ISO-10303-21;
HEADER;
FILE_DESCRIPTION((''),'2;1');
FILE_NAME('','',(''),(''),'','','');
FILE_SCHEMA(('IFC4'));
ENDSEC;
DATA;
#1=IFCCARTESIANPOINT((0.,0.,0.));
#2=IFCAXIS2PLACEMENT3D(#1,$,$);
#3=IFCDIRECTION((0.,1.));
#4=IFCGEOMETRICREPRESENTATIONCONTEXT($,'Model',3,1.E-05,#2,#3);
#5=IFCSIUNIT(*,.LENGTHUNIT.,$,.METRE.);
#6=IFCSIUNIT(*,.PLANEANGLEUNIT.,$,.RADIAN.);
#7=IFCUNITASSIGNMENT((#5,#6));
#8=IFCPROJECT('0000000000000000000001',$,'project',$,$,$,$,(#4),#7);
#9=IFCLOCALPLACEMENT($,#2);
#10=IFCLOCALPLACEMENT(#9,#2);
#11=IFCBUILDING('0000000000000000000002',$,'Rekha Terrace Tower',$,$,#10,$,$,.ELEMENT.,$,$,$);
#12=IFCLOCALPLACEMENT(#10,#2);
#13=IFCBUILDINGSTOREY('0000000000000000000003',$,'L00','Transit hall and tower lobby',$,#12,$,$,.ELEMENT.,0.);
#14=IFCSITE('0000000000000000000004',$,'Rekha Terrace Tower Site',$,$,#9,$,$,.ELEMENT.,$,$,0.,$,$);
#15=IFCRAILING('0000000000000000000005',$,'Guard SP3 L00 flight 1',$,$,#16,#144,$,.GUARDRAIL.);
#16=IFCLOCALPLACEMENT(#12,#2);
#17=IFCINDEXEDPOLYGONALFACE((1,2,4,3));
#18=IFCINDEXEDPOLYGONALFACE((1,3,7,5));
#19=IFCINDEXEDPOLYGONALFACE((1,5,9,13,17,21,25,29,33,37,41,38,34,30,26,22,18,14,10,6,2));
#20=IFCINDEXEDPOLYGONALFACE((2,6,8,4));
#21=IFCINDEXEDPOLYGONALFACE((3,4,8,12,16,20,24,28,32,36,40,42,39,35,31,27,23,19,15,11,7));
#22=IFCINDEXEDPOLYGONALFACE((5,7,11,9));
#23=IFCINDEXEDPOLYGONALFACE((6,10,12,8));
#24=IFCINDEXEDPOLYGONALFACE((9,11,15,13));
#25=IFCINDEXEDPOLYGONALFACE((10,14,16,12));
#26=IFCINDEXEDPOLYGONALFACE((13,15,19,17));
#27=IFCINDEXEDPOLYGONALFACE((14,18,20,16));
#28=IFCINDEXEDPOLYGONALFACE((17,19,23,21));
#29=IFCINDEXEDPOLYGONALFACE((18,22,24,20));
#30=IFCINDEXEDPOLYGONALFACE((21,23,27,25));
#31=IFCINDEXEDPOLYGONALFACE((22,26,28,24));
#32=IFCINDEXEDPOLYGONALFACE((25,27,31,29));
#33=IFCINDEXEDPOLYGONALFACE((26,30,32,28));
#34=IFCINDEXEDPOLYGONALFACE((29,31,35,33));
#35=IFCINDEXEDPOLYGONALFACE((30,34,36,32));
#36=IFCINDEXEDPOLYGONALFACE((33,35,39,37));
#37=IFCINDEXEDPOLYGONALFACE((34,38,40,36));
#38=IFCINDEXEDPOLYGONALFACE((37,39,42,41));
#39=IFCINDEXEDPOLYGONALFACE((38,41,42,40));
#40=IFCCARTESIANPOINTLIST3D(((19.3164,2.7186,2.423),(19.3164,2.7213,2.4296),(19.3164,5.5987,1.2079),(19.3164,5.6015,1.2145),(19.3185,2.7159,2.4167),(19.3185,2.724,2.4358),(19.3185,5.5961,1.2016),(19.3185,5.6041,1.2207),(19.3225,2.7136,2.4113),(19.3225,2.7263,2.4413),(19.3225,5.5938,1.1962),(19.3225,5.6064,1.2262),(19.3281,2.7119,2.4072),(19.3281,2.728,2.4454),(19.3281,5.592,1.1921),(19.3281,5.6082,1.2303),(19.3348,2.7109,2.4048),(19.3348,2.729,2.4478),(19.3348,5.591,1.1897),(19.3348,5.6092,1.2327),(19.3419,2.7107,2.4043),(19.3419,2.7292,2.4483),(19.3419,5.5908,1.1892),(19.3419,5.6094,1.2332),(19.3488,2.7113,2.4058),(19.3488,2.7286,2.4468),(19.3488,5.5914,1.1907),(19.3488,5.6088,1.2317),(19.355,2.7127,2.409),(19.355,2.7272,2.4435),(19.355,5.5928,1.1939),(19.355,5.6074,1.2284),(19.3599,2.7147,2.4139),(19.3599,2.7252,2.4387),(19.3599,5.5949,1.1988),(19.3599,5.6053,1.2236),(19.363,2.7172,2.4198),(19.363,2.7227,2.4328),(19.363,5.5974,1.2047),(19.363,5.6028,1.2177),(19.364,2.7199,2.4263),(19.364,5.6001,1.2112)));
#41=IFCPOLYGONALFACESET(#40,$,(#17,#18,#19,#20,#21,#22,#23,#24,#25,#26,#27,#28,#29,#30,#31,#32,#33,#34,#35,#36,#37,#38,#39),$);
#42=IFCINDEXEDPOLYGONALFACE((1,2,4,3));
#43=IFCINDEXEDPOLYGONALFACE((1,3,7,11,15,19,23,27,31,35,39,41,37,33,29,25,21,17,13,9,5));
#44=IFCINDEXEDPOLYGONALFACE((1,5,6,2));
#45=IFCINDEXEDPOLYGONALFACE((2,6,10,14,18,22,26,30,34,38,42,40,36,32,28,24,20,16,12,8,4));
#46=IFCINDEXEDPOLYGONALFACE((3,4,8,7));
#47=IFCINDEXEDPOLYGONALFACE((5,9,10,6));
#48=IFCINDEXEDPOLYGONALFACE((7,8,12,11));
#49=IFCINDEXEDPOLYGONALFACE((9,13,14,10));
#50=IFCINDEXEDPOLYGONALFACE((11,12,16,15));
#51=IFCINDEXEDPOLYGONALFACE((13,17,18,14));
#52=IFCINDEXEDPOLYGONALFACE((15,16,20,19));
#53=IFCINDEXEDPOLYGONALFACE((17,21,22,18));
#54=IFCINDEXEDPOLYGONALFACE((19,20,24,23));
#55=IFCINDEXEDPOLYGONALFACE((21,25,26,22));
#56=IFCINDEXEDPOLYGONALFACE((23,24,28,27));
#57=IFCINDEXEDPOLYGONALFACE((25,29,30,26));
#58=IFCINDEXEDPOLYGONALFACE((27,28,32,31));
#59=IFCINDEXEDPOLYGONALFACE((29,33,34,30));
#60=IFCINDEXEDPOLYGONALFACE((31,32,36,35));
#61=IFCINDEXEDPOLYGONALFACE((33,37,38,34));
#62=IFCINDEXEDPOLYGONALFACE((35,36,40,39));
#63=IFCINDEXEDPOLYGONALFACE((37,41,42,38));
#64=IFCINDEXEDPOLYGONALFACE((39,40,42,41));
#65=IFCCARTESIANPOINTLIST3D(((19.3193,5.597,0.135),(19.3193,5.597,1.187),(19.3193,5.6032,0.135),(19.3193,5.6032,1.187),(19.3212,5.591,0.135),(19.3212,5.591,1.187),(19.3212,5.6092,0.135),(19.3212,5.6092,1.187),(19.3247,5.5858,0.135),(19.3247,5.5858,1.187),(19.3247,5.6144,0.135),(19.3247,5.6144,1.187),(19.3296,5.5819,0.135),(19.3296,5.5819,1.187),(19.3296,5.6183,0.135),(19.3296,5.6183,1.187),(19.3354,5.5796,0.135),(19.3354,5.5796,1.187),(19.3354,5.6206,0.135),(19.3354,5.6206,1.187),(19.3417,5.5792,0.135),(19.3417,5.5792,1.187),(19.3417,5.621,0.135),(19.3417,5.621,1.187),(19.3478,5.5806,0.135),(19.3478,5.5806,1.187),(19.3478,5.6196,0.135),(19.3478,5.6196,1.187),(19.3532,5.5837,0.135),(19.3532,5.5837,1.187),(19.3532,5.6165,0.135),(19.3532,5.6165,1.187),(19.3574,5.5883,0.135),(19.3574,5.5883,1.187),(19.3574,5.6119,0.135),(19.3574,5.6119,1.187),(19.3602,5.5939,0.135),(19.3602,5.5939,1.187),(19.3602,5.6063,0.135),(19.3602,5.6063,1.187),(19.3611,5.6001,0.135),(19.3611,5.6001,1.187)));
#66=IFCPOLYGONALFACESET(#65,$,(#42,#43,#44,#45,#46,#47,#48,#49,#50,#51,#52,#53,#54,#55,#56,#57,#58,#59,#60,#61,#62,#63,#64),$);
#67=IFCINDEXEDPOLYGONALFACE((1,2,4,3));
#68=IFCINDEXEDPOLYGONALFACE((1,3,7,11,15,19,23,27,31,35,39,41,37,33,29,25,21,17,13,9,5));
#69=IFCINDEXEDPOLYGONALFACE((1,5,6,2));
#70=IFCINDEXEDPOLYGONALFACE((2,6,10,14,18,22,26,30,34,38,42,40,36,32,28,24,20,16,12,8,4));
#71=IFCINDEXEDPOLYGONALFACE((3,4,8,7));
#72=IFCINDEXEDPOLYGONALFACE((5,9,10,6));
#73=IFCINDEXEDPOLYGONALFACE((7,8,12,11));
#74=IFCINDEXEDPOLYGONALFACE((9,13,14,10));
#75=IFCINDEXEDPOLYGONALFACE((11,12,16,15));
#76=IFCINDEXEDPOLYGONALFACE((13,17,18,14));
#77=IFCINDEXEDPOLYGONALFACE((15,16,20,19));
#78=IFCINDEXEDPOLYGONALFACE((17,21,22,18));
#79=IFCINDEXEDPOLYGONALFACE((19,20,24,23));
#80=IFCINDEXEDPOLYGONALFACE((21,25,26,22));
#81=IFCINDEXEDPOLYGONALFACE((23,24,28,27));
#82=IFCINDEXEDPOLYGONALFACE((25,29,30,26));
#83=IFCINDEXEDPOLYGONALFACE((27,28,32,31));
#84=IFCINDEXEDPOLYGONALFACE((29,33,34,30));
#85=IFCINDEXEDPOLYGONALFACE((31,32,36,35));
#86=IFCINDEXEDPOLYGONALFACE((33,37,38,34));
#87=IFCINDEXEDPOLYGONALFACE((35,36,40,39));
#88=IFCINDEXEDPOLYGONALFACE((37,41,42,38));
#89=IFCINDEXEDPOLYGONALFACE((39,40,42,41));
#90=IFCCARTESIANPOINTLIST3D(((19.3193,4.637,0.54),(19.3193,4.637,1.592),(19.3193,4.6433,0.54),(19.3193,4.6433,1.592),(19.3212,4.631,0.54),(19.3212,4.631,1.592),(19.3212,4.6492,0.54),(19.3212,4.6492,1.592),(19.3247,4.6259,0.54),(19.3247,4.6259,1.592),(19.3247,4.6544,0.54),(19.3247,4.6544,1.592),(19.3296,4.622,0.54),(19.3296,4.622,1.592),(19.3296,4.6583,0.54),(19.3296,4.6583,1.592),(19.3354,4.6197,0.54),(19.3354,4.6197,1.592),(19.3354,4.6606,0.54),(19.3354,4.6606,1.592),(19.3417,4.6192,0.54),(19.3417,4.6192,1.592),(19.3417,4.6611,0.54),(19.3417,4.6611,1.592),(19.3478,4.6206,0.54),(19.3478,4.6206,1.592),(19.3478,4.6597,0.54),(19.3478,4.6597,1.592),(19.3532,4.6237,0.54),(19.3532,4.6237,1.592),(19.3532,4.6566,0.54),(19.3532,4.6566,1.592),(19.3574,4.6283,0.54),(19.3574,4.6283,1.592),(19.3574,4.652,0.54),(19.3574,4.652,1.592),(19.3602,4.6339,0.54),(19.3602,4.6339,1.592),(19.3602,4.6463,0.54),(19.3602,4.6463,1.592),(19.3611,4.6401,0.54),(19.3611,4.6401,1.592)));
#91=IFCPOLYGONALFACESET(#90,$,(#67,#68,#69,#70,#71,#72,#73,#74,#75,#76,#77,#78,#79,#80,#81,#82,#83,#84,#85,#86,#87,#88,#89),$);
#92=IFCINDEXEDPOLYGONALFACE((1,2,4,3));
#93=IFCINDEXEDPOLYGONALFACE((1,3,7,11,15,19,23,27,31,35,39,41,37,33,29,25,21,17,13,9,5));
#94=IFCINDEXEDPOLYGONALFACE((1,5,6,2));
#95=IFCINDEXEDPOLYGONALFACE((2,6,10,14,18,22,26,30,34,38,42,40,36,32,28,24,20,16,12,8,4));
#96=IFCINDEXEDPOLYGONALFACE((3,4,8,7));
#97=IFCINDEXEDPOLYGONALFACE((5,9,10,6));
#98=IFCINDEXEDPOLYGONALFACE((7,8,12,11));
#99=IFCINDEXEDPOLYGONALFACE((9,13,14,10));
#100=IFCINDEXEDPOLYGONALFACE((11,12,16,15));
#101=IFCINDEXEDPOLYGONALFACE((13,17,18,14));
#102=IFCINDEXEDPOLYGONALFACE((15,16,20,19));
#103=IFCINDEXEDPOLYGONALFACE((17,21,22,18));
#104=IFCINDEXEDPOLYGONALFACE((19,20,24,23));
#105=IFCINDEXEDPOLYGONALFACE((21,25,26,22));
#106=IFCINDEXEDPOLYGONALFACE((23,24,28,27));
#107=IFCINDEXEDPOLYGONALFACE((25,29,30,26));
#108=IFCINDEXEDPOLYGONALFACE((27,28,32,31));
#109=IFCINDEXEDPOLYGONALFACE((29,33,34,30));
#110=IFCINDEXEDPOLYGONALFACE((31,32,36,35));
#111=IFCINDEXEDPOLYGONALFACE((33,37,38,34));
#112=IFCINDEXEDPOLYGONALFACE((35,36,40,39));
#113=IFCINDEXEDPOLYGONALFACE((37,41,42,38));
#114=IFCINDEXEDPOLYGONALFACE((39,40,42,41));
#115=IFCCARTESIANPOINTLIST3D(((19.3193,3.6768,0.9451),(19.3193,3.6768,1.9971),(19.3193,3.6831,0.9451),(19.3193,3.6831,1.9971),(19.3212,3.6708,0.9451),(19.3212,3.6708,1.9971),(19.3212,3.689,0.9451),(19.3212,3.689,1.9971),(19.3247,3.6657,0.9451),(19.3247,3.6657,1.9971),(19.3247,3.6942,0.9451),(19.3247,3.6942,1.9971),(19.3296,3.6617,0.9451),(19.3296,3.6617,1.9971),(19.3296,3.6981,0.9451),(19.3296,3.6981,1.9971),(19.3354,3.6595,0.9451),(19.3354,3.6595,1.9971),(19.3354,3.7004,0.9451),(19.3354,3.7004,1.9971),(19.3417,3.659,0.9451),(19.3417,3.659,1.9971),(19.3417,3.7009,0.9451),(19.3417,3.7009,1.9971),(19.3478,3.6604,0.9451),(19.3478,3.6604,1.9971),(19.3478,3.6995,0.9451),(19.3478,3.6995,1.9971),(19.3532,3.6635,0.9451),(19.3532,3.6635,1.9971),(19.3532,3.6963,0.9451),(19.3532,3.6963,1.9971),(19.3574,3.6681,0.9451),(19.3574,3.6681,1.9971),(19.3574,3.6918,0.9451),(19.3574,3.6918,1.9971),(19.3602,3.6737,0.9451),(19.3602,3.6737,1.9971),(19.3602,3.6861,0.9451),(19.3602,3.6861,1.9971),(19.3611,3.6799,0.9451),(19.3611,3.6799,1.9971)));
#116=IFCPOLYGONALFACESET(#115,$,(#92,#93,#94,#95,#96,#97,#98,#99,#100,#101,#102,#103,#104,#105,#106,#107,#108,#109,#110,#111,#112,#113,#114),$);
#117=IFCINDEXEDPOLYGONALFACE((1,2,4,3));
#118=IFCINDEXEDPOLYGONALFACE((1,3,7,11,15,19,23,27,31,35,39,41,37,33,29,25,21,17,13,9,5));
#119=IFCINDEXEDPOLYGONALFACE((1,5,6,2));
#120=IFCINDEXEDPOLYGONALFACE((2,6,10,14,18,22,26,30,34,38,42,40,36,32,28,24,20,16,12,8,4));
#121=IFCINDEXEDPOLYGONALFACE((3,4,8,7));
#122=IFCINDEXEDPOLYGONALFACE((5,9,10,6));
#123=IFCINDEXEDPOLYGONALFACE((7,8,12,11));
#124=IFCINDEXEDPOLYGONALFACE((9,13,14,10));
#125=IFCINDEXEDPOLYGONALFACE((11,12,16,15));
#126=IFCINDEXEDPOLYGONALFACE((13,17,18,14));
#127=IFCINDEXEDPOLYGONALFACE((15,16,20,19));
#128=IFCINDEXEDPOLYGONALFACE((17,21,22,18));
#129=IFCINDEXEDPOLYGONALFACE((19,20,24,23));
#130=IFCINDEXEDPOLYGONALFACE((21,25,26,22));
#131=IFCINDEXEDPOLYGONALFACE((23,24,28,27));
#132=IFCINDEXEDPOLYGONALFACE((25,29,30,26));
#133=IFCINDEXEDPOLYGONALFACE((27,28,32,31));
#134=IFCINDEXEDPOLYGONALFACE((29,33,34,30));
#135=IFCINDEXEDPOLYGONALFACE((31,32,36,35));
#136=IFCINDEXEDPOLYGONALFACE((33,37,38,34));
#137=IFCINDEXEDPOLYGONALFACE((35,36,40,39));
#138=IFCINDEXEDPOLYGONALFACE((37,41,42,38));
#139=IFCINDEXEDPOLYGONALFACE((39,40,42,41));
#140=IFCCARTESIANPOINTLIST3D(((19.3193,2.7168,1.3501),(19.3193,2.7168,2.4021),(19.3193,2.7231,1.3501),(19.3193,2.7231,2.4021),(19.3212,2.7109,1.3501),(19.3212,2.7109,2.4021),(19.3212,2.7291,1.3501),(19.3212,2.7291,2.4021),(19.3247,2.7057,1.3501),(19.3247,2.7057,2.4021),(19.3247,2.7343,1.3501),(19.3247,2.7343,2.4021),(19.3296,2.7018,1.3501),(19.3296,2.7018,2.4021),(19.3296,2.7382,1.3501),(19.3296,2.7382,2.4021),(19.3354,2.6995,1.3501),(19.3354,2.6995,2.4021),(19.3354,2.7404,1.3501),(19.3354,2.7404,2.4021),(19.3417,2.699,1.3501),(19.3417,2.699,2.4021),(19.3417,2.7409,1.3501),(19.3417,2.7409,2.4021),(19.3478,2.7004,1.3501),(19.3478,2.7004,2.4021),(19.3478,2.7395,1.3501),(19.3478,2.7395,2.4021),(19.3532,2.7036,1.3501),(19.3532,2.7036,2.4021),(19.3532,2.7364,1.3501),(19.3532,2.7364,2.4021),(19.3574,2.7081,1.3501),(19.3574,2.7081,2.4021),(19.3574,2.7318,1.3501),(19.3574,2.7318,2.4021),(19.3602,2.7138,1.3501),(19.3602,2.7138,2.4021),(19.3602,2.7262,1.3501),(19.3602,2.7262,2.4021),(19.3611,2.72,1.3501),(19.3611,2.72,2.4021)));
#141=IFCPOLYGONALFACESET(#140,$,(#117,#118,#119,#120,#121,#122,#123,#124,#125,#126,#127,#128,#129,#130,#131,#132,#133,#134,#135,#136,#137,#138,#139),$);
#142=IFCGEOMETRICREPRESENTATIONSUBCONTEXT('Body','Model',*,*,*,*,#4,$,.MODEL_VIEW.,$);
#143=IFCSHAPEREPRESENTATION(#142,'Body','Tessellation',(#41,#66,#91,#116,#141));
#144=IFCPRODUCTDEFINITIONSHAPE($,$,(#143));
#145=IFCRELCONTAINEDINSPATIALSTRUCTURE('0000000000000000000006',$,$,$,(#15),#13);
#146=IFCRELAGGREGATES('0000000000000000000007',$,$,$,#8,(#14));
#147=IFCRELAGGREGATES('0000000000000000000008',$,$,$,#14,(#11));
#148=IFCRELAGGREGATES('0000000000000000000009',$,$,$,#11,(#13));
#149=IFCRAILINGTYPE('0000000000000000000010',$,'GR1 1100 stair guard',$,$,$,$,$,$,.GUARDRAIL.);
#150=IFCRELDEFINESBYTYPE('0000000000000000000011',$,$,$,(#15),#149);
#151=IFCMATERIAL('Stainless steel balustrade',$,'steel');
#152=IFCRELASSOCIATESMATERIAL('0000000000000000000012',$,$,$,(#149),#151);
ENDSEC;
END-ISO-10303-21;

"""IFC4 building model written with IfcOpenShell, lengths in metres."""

from ifc_helpers import new_model, si_unit, direction, frame, origin, origin_2d, place, context, subcontext, project, spatial, circle, extrude, material, type_object, element, save


model = new_model("IFC4")

# Units and contexts
model_context = context("Model", 3, precision=1e-05, world=origin(), true_north=direction((0.0, 1.0)))
body_context = subcontext(model_context, "Body", "Model", "MODEL_VIEW")
ifc_project = project(units=[si_unit("LENGTHUNIT", "METRE"), si_unit("PLANEANGLEUNIT", "RADIAN")], contexts=[model_context])

# Site, building, storey
site_placement = place(None, origin())
site = spatial("IfcSite", under=ifc_project, at=site_placement, Name="Rekha Terrace Tower Site", CompositionType="ELEMENT", RefElevation=0.0)
building_placement = place(site_placement, origin())
building = spatial("IfcBuilding", under=site, at=building_placement, Name="Rekha Terrace Tower", CompositionType="ELEMENT")
storey_placement = place(building_placement, origin())
storey = spatial("IfcBuildingStorey", under=building, at=storey_placement, Name="L00", Description="Transit hall and tower lobby", CompositionType="ELEMENT", Elevation=0.0)

# Railing
ifc_material_1 = material(Name="Stainless steel balustrade", Category="steel")
railing_type_1 = type_object("IfcRailingType", Name="GR1 1100 stair guard", PredefinedType="GUARDRAIL", material=ifc_material_1)
railing_1_placement = place(storey_placement, frame((19.3401, 5.6001, 0.135)))
element("IfcRailing", 1, at=railing_1_placement, inside=storey, type_object=railing_type_1, Name="Guard SP3 L00 flight 1", PredefinedType="GUARDRAIL", context=body_context, shape_type="SweptSolid", body=[
    extrude(circle(Radius=0.0239, at=origin_2d()), frame((0.0, 0.0, 1.0762), z_axis=(0.0, -0.92136, 0.38871), x_axis=(1.0, 0.0, 0.0)), (0.0, 0.0, 1.0), 3.126),
    extrude(circle(Radius=0.021, at=origin_2d()), origin(), (0.0, 0.0, 1.0), 1.052),
    extrude(circle(Radius=0.021, at=origin_2d()), frame((0.0, -0.96, 0.405)), (0.0, 0.0, 1.0), 1.052),
    extrude(circle(Radius=0.021, at=origin_2d()), frame((0.0, -1.9202, 0.8101)), (0.0, 0.0, 1.0), 1.052),
    extrude(circle(Radius=0.021, at=origin_2d()), frame((0.0, -2.8801, 1.2151)), (0.0, 0.0, 1.0), 1.052),
])

save(model, "model.ifc")
